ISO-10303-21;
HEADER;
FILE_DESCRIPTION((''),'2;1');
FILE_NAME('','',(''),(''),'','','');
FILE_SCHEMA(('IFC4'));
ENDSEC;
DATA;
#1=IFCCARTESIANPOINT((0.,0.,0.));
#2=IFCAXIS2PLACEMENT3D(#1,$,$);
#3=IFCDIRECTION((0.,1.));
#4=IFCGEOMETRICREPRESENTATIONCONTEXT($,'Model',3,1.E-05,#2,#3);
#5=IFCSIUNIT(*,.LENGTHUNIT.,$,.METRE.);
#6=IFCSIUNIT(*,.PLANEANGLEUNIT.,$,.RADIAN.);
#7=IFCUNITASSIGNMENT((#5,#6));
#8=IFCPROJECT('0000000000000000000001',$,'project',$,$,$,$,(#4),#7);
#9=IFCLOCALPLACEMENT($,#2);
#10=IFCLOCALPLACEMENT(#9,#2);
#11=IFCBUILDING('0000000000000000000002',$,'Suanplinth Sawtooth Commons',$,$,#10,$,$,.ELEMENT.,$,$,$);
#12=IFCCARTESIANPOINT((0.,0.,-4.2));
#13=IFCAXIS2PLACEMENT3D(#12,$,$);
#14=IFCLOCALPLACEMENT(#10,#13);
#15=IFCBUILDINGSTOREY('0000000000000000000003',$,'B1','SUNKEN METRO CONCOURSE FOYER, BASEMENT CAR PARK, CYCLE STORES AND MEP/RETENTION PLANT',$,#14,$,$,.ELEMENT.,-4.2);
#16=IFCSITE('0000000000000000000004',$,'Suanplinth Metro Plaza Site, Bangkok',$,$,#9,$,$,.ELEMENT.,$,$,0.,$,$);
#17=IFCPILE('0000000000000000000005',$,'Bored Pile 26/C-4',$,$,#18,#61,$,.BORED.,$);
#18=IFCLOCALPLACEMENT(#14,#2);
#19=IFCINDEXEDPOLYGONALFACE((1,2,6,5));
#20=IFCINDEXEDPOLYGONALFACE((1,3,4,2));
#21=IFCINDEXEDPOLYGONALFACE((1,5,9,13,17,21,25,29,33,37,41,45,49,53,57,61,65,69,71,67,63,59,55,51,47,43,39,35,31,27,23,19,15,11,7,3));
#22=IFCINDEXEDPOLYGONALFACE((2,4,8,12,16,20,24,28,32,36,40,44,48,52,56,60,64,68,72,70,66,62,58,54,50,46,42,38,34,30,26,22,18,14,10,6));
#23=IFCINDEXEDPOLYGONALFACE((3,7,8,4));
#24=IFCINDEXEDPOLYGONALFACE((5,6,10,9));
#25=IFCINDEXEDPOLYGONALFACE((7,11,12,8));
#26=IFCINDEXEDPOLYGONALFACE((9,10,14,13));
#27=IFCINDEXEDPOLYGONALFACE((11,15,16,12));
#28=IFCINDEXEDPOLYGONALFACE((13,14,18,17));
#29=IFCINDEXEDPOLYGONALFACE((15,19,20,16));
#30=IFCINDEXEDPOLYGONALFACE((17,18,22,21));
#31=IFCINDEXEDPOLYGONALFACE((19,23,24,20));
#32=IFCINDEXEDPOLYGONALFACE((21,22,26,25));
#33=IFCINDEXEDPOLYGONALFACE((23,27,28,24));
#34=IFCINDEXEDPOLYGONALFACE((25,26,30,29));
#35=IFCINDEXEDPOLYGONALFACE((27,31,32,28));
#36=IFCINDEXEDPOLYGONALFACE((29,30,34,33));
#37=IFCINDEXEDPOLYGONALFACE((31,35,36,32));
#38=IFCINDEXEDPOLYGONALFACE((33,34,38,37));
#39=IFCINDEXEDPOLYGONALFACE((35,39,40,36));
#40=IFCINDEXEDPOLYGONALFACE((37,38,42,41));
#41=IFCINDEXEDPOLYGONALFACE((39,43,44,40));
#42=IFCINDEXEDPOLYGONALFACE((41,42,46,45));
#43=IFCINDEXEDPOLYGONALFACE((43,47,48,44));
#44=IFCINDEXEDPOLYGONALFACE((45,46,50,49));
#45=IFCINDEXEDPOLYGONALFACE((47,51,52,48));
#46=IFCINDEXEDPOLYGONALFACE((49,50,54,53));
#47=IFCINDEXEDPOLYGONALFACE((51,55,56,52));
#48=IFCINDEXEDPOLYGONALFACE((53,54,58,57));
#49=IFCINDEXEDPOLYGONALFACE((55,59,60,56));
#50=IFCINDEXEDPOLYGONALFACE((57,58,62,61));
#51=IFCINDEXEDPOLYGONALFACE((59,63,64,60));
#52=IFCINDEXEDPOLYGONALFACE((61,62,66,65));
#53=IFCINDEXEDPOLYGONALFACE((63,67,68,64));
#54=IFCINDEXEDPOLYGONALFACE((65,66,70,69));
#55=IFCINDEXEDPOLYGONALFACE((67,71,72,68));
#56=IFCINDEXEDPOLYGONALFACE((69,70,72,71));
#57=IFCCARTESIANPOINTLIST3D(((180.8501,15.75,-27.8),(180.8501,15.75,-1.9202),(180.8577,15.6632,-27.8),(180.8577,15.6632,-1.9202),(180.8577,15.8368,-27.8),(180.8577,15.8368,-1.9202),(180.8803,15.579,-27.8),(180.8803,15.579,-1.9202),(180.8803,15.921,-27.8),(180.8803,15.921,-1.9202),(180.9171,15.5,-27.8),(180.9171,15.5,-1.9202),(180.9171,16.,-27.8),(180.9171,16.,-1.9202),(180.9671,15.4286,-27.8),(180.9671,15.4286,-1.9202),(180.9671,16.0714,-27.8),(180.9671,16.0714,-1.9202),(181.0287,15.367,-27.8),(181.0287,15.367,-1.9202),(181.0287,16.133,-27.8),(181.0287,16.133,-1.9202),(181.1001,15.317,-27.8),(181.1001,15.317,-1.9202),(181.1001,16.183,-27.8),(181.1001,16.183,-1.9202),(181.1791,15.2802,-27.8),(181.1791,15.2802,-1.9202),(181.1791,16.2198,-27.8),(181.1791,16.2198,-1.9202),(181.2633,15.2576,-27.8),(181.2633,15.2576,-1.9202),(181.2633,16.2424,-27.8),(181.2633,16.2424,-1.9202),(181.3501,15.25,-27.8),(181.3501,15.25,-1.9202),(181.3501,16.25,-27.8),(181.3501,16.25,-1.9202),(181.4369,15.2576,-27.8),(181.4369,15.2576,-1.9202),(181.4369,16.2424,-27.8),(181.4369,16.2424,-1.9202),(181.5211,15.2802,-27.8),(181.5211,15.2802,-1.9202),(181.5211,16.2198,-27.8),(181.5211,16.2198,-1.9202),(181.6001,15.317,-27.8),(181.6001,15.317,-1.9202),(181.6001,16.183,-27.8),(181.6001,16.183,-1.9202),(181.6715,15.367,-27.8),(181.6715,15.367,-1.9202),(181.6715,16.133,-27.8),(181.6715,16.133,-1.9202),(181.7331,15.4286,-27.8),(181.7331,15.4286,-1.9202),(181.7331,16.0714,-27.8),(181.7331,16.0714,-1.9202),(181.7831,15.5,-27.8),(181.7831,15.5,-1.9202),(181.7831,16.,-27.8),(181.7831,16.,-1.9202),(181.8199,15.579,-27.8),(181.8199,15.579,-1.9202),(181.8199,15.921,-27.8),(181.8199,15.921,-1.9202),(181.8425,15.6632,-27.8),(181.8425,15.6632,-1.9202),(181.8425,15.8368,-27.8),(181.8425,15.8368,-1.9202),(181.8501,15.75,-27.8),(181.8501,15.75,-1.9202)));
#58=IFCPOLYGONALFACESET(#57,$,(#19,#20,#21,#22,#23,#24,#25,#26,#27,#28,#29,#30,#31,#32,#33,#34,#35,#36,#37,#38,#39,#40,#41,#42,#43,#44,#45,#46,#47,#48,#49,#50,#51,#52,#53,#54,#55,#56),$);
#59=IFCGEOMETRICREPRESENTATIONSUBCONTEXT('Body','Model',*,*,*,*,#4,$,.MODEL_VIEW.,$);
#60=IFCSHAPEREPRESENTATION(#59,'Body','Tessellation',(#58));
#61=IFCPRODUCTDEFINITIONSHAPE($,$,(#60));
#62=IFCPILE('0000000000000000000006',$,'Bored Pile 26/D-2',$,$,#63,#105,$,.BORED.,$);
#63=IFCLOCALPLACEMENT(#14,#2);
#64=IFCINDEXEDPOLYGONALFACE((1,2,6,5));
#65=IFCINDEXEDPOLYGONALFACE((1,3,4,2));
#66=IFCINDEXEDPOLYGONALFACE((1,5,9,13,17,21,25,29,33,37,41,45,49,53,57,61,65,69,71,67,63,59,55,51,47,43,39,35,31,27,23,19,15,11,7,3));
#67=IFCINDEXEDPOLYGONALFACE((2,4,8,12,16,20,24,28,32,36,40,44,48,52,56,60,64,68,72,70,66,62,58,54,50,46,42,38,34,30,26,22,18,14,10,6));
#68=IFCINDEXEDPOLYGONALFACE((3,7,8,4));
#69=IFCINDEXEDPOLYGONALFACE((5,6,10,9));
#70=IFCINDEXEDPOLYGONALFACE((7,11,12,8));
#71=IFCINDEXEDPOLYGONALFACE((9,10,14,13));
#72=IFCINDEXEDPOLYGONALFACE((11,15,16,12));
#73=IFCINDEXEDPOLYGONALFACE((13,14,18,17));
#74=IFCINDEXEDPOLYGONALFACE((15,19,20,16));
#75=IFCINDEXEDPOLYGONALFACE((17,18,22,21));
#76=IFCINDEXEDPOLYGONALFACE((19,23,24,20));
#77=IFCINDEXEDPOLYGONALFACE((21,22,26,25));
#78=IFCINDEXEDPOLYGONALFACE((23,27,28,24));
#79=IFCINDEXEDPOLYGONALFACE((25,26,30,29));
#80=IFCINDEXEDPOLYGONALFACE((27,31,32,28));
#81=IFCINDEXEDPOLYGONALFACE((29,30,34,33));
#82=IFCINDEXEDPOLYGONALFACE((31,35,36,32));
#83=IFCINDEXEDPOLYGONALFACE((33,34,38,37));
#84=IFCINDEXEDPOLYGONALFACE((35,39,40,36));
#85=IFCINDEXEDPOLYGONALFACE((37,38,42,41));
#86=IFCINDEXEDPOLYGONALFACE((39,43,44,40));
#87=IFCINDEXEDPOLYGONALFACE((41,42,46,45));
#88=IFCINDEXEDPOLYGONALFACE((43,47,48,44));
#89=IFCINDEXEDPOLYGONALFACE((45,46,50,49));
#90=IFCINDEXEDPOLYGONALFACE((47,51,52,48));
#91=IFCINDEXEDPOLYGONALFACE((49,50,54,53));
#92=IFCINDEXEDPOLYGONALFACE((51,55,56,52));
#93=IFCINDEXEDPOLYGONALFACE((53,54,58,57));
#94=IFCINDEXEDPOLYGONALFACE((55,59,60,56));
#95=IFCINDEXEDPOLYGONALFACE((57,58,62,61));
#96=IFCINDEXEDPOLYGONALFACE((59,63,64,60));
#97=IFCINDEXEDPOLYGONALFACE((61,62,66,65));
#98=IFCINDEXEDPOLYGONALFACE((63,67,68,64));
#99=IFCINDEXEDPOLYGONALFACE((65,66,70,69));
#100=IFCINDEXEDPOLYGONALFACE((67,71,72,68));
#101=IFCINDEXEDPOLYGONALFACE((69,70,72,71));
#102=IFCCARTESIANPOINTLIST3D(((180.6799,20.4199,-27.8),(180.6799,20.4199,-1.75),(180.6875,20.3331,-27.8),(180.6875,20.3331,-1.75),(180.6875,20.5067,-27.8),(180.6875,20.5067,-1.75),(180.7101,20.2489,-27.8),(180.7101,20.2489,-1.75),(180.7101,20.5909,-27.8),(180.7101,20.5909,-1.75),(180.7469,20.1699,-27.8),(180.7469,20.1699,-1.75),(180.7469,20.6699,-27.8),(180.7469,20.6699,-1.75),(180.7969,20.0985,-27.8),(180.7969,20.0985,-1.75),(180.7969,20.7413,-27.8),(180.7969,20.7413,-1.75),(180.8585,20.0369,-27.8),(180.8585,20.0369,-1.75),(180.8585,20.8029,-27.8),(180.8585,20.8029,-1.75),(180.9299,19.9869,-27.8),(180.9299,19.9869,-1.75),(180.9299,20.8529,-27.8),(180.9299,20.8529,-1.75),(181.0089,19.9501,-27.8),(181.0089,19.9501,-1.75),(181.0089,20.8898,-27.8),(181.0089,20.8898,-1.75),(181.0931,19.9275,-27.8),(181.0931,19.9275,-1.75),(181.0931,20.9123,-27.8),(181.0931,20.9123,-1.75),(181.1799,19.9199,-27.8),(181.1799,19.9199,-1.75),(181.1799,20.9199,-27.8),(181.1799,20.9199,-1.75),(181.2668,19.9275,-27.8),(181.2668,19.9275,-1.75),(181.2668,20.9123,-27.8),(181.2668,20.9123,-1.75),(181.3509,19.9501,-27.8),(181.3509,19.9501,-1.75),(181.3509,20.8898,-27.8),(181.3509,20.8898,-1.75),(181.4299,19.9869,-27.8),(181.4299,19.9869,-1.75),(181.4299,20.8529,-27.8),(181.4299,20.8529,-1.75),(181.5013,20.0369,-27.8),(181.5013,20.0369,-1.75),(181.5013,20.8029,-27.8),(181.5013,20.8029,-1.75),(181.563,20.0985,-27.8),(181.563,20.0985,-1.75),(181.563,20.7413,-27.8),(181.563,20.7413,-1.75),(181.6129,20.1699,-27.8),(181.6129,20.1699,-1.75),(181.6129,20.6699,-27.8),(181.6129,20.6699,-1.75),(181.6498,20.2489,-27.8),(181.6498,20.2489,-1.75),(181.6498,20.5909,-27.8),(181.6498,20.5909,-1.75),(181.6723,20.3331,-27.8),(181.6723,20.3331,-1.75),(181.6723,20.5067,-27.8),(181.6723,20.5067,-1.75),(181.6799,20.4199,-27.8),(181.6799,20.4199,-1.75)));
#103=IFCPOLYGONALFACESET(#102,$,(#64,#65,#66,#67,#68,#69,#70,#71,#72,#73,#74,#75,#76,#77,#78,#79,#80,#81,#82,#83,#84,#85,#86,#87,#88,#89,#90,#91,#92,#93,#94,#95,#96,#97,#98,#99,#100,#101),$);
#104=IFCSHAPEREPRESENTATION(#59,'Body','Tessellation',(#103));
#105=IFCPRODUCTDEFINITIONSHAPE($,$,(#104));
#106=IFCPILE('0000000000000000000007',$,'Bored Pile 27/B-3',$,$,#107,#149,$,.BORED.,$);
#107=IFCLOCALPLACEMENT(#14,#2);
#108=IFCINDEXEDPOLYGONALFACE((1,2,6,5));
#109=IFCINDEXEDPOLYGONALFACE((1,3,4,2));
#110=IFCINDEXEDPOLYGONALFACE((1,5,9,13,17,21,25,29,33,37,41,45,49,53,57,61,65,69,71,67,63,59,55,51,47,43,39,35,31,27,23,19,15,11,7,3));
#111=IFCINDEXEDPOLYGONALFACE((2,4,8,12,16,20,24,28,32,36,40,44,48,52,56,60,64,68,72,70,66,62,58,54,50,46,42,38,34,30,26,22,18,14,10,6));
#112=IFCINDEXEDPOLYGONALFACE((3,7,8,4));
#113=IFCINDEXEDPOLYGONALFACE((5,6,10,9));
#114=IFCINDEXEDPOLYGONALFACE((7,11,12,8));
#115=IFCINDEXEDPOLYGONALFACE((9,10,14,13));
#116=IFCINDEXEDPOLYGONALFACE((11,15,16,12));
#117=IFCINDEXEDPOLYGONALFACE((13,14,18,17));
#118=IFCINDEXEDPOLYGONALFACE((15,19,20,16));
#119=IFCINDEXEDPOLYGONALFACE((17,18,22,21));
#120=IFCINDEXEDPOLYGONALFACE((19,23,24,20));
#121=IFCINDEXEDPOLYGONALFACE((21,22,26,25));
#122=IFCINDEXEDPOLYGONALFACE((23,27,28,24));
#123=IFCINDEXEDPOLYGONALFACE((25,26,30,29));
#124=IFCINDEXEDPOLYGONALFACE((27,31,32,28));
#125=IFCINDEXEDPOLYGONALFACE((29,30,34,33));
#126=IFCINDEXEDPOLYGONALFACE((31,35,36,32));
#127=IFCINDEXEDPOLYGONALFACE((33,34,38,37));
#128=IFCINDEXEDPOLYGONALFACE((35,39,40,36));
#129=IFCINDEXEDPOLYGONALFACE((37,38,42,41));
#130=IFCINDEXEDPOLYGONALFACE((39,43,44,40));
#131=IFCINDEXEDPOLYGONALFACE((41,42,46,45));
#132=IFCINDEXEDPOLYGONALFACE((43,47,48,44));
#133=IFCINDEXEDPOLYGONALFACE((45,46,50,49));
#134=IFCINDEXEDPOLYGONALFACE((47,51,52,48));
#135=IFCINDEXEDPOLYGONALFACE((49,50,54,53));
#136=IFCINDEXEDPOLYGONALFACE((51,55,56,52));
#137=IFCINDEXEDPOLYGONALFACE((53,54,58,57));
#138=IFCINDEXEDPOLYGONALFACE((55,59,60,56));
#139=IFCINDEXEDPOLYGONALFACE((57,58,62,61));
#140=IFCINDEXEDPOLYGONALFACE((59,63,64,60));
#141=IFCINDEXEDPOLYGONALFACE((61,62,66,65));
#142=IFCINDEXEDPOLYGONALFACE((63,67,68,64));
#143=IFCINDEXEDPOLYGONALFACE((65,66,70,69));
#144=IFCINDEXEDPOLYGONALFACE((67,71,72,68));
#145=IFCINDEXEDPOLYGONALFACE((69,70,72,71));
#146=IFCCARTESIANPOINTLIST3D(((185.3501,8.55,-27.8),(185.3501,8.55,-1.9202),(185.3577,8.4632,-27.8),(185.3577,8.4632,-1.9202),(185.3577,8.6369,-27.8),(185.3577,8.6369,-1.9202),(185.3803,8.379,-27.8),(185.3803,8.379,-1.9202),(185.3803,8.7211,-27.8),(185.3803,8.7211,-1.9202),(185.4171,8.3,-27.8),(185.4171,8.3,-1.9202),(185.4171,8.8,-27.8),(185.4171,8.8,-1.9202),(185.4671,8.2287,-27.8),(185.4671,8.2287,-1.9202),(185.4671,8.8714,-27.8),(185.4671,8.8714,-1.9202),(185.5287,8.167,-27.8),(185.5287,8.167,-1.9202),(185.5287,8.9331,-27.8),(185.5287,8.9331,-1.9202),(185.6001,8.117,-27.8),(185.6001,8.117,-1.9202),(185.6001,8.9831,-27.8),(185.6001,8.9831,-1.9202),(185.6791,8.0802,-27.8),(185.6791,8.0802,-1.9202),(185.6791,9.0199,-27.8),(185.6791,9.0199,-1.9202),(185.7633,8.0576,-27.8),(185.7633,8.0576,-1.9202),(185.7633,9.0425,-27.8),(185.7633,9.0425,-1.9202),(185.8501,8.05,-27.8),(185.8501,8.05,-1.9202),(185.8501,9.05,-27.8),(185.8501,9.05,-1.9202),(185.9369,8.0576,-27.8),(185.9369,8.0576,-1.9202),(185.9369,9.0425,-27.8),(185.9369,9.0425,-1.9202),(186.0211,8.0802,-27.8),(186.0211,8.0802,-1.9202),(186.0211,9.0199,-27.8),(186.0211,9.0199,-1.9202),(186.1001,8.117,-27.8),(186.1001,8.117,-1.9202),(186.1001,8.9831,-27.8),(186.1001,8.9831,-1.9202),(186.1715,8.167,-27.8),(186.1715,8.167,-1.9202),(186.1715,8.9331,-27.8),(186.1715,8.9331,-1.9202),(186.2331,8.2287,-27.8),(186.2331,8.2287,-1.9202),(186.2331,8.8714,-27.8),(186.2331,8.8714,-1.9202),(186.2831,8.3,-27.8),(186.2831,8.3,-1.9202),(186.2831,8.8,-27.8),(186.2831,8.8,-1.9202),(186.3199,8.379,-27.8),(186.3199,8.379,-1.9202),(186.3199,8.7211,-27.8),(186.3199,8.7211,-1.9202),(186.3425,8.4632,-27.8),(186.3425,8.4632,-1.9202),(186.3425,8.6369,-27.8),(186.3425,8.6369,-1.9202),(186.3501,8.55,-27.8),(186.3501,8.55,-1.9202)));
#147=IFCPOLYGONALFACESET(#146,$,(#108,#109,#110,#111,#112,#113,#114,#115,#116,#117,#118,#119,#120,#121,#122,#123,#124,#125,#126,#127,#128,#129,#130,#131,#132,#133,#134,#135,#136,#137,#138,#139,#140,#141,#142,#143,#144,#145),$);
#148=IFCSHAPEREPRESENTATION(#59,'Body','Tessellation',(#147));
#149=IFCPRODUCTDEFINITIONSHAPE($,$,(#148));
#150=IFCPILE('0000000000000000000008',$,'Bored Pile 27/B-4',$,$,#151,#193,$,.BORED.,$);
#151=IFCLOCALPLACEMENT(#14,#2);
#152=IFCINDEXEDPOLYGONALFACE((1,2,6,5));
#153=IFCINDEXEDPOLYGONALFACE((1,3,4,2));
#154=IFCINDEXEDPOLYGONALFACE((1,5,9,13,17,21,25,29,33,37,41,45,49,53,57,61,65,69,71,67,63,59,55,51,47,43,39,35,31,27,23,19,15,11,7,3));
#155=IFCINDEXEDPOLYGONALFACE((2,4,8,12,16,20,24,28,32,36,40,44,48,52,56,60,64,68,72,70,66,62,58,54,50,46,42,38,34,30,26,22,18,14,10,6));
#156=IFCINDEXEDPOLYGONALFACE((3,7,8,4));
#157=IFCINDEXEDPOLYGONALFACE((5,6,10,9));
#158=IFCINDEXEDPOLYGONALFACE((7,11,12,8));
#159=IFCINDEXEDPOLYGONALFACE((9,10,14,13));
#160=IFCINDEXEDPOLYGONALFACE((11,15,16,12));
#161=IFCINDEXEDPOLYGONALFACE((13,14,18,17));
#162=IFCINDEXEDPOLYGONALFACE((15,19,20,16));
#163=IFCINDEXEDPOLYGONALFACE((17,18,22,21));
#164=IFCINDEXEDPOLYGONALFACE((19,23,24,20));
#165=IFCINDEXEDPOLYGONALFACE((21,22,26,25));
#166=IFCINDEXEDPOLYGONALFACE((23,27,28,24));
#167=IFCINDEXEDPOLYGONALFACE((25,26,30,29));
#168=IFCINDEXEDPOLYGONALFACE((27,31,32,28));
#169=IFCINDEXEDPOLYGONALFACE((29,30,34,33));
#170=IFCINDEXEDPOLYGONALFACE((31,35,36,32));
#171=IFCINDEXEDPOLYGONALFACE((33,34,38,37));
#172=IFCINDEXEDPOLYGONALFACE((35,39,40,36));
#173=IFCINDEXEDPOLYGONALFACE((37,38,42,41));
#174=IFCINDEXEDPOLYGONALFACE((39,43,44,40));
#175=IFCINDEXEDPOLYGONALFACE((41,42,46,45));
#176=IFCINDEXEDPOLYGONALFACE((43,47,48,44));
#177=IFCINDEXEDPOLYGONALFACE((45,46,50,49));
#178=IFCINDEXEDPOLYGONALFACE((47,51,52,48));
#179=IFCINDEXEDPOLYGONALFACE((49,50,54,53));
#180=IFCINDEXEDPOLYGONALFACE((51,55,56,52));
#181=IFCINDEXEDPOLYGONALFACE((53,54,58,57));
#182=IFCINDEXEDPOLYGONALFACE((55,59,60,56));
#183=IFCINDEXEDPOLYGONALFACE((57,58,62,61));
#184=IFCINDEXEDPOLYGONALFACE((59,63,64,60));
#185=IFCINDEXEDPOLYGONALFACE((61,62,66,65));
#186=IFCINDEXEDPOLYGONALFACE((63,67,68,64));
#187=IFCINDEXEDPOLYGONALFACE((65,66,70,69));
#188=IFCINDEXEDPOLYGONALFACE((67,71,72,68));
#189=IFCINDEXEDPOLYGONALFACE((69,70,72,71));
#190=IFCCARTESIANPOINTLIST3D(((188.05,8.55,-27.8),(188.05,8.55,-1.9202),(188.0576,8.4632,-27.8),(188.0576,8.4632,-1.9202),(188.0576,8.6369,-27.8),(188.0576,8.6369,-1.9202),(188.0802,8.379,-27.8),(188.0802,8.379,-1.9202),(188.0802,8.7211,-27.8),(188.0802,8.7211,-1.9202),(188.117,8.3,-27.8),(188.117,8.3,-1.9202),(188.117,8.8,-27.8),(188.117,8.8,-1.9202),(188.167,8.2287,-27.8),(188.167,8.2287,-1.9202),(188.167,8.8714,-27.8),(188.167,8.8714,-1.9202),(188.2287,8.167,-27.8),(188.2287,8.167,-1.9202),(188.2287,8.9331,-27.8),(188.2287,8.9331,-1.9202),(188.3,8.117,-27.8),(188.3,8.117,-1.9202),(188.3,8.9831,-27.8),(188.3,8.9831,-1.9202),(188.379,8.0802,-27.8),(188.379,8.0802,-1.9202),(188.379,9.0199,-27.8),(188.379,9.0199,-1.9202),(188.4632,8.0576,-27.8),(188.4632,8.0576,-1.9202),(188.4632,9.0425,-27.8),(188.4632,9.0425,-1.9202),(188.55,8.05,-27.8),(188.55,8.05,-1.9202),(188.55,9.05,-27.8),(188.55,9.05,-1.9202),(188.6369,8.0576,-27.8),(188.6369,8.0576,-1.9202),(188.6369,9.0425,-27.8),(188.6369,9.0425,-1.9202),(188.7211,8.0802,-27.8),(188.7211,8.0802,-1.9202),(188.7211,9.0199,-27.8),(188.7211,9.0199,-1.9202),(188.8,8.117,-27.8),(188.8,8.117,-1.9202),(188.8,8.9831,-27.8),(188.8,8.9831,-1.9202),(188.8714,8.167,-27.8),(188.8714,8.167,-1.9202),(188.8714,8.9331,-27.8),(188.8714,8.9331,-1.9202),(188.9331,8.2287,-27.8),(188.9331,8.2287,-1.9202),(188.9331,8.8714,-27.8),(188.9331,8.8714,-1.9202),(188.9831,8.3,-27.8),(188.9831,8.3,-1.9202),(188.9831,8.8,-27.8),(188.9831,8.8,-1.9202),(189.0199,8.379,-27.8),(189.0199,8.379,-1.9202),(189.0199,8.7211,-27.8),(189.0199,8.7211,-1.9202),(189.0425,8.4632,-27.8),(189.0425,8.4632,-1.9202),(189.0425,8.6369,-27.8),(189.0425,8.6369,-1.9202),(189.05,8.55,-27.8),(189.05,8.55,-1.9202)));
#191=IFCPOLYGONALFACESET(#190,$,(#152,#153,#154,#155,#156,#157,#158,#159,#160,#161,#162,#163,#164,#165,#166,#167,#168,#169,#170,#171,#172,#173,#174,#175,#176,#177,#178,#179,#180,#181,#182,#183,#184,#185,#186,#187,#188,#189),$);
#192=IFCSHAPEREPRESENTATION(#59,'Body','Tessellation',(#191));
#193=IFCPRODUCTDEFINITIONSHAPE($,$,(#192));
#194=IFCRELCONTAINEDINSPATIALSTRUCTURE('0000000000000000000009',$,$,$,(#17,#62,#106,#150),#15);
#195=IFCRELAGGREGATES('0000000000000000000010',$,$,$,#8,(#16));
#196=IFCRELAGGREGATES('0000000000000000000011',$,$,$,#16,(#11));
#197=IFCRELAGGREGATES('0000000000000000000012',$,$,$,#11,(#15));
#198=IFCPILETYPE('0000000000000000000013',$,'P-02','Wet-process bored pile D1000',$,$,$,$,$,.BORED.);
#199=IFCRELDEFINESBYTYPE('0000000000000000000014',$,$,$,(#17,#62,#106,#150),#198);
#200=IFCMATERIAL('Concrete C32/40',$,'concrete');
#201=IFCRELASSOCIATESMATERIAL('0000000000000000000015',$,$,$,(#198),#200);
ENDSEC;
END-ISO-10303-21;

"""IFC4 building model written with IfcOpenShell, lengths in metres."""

from ifc_helpers import new_model, si_unit, direction, frame, origin, origin_2d, place, context, subcontext, project, spatial, circle, extrude, material, material_profile, profile_set, type_object, element, save


model = new_model("IFC4")

# Units and contexts
model_context = context("Model", 3, precision=1e-05, world=origin(), true_north=direction((0.0, 1.0)))
body_context = subcontext(model_context, "Body", "Model", "MODEL_VIEW")
ifc_project = project(units=[si_unit("LENGTHUNIT", "METRE"), si_unit("PLANEANGLEUNIT", "RADIAN")], contexts=[model_context])

# Site, building, storey
site_placement = place(None, origin())
site = spatial("IfcSite", under=ifc_project, at=site_placement, Name="Suanplinth Metro Plaza Site, Bangkok", CompositionType="ELEMENT", RefElevation=0.0)
building_placement = place(site_placement, origin())
building = spatial("IfcBuilding", under=site, at=building_placement, Name="Suanplinth Sawtooth Commons", CompositionType="ELEMENT")
storey_placement = place(building_placement, frame((0.0, 0.0, -4.2)))
storey = spatial("IfcBuildingStorey", under=building, at=storey_placement, Name="B1", Description="SUNKEN METRO CONCOURSE FOYER, BASEMENT CAR PARK, CYCLE STORES AND MEP/RETENTION PLANT", CompositionType="ELEMENT", Elevation=-4.2)

# Piles
ifc_material_1 = material(Name="Concrete C32/40", Category="concrete")
ifc_material_profile_1 = material_profile(ifc_material_1, circle(Radius=0.5, at=origin_2d()), Name="PILE D1000")
ifc_profile_set_1 = profile_set([ifc_material_profile_1], Name="Concrete C32/40")
pile_type = type_object("IfcPileType", Name="P-02", Description="Wet-process bored pile D1000", PredefinedType="BORED", material=ifc_profile_set_1)
for number, where, z_axis, x_axis, name in (
    (1, (181.3501, 15.75, -1.9202), (0.0, 0.0, -1.0), (1.0, 0.0, 0.0), "Bored Pile 26/C-4"),
):
    element("IfcPile", number, at=place(storey_placement, frame(where, z_axis=z_axis, x_axis=x_axis)), inside=storey, type_object=pile_type, Name=name, PredefinedType="BORED", context=body_context, shape_type="SweptSolid", body=[
        extrude(circle(Radius=0.5, at=origin_2d()), origin(), (0.0, 0.0, 1.0), 25.8799),
    ])
pile_placement = place(storey_placement, frame((181.1799, 20.4199, -1.75), z_axis=(0.0, 0.0, -1.0), x_axis=(1.0, 0.0, 0.0)))
element("IfcPile", 2, at=pile_placement, inside=storey, type_object=pile_type, Name="Bored Pile 26/D-2", PredefinedType="BORED", context=body_context, shape_type="SweptSolid", body=[
    extrude(circle(Radius=0.5, at=origin_2d()), origin(), (0.0, 0.0, 1.0), 26.05),
])
for number, where, z_axis, x_axis, name in (
    (3, (185.8501, 8.55, -1.9202), (0.0, 0.0, -1.0), (1.0, 0.0, 0.0), "Bored Pile 27/B-3"),
    (4, (188.55, 8.55, -1.9202), (0.0, 0.0, -1.0), (1.0, 0.0, 0.0), "Bored Pile 27/B-4"),
):
    element("IfcPile", number, at=place(storey_placement, frame(where, z_axis=z_axis, x_axis=x_axis)), inside=storey, type_object=pile_type, Name=name, PredefinedType="BORED", context=body_context, shape_type="SweptSolid", body=[
        extrude(circle(Radius=0.5, at=origin_2d()), origin(), (0.0, 0.0, 1.0), 25.8799),
    ])

save(model, "model.ifc")
